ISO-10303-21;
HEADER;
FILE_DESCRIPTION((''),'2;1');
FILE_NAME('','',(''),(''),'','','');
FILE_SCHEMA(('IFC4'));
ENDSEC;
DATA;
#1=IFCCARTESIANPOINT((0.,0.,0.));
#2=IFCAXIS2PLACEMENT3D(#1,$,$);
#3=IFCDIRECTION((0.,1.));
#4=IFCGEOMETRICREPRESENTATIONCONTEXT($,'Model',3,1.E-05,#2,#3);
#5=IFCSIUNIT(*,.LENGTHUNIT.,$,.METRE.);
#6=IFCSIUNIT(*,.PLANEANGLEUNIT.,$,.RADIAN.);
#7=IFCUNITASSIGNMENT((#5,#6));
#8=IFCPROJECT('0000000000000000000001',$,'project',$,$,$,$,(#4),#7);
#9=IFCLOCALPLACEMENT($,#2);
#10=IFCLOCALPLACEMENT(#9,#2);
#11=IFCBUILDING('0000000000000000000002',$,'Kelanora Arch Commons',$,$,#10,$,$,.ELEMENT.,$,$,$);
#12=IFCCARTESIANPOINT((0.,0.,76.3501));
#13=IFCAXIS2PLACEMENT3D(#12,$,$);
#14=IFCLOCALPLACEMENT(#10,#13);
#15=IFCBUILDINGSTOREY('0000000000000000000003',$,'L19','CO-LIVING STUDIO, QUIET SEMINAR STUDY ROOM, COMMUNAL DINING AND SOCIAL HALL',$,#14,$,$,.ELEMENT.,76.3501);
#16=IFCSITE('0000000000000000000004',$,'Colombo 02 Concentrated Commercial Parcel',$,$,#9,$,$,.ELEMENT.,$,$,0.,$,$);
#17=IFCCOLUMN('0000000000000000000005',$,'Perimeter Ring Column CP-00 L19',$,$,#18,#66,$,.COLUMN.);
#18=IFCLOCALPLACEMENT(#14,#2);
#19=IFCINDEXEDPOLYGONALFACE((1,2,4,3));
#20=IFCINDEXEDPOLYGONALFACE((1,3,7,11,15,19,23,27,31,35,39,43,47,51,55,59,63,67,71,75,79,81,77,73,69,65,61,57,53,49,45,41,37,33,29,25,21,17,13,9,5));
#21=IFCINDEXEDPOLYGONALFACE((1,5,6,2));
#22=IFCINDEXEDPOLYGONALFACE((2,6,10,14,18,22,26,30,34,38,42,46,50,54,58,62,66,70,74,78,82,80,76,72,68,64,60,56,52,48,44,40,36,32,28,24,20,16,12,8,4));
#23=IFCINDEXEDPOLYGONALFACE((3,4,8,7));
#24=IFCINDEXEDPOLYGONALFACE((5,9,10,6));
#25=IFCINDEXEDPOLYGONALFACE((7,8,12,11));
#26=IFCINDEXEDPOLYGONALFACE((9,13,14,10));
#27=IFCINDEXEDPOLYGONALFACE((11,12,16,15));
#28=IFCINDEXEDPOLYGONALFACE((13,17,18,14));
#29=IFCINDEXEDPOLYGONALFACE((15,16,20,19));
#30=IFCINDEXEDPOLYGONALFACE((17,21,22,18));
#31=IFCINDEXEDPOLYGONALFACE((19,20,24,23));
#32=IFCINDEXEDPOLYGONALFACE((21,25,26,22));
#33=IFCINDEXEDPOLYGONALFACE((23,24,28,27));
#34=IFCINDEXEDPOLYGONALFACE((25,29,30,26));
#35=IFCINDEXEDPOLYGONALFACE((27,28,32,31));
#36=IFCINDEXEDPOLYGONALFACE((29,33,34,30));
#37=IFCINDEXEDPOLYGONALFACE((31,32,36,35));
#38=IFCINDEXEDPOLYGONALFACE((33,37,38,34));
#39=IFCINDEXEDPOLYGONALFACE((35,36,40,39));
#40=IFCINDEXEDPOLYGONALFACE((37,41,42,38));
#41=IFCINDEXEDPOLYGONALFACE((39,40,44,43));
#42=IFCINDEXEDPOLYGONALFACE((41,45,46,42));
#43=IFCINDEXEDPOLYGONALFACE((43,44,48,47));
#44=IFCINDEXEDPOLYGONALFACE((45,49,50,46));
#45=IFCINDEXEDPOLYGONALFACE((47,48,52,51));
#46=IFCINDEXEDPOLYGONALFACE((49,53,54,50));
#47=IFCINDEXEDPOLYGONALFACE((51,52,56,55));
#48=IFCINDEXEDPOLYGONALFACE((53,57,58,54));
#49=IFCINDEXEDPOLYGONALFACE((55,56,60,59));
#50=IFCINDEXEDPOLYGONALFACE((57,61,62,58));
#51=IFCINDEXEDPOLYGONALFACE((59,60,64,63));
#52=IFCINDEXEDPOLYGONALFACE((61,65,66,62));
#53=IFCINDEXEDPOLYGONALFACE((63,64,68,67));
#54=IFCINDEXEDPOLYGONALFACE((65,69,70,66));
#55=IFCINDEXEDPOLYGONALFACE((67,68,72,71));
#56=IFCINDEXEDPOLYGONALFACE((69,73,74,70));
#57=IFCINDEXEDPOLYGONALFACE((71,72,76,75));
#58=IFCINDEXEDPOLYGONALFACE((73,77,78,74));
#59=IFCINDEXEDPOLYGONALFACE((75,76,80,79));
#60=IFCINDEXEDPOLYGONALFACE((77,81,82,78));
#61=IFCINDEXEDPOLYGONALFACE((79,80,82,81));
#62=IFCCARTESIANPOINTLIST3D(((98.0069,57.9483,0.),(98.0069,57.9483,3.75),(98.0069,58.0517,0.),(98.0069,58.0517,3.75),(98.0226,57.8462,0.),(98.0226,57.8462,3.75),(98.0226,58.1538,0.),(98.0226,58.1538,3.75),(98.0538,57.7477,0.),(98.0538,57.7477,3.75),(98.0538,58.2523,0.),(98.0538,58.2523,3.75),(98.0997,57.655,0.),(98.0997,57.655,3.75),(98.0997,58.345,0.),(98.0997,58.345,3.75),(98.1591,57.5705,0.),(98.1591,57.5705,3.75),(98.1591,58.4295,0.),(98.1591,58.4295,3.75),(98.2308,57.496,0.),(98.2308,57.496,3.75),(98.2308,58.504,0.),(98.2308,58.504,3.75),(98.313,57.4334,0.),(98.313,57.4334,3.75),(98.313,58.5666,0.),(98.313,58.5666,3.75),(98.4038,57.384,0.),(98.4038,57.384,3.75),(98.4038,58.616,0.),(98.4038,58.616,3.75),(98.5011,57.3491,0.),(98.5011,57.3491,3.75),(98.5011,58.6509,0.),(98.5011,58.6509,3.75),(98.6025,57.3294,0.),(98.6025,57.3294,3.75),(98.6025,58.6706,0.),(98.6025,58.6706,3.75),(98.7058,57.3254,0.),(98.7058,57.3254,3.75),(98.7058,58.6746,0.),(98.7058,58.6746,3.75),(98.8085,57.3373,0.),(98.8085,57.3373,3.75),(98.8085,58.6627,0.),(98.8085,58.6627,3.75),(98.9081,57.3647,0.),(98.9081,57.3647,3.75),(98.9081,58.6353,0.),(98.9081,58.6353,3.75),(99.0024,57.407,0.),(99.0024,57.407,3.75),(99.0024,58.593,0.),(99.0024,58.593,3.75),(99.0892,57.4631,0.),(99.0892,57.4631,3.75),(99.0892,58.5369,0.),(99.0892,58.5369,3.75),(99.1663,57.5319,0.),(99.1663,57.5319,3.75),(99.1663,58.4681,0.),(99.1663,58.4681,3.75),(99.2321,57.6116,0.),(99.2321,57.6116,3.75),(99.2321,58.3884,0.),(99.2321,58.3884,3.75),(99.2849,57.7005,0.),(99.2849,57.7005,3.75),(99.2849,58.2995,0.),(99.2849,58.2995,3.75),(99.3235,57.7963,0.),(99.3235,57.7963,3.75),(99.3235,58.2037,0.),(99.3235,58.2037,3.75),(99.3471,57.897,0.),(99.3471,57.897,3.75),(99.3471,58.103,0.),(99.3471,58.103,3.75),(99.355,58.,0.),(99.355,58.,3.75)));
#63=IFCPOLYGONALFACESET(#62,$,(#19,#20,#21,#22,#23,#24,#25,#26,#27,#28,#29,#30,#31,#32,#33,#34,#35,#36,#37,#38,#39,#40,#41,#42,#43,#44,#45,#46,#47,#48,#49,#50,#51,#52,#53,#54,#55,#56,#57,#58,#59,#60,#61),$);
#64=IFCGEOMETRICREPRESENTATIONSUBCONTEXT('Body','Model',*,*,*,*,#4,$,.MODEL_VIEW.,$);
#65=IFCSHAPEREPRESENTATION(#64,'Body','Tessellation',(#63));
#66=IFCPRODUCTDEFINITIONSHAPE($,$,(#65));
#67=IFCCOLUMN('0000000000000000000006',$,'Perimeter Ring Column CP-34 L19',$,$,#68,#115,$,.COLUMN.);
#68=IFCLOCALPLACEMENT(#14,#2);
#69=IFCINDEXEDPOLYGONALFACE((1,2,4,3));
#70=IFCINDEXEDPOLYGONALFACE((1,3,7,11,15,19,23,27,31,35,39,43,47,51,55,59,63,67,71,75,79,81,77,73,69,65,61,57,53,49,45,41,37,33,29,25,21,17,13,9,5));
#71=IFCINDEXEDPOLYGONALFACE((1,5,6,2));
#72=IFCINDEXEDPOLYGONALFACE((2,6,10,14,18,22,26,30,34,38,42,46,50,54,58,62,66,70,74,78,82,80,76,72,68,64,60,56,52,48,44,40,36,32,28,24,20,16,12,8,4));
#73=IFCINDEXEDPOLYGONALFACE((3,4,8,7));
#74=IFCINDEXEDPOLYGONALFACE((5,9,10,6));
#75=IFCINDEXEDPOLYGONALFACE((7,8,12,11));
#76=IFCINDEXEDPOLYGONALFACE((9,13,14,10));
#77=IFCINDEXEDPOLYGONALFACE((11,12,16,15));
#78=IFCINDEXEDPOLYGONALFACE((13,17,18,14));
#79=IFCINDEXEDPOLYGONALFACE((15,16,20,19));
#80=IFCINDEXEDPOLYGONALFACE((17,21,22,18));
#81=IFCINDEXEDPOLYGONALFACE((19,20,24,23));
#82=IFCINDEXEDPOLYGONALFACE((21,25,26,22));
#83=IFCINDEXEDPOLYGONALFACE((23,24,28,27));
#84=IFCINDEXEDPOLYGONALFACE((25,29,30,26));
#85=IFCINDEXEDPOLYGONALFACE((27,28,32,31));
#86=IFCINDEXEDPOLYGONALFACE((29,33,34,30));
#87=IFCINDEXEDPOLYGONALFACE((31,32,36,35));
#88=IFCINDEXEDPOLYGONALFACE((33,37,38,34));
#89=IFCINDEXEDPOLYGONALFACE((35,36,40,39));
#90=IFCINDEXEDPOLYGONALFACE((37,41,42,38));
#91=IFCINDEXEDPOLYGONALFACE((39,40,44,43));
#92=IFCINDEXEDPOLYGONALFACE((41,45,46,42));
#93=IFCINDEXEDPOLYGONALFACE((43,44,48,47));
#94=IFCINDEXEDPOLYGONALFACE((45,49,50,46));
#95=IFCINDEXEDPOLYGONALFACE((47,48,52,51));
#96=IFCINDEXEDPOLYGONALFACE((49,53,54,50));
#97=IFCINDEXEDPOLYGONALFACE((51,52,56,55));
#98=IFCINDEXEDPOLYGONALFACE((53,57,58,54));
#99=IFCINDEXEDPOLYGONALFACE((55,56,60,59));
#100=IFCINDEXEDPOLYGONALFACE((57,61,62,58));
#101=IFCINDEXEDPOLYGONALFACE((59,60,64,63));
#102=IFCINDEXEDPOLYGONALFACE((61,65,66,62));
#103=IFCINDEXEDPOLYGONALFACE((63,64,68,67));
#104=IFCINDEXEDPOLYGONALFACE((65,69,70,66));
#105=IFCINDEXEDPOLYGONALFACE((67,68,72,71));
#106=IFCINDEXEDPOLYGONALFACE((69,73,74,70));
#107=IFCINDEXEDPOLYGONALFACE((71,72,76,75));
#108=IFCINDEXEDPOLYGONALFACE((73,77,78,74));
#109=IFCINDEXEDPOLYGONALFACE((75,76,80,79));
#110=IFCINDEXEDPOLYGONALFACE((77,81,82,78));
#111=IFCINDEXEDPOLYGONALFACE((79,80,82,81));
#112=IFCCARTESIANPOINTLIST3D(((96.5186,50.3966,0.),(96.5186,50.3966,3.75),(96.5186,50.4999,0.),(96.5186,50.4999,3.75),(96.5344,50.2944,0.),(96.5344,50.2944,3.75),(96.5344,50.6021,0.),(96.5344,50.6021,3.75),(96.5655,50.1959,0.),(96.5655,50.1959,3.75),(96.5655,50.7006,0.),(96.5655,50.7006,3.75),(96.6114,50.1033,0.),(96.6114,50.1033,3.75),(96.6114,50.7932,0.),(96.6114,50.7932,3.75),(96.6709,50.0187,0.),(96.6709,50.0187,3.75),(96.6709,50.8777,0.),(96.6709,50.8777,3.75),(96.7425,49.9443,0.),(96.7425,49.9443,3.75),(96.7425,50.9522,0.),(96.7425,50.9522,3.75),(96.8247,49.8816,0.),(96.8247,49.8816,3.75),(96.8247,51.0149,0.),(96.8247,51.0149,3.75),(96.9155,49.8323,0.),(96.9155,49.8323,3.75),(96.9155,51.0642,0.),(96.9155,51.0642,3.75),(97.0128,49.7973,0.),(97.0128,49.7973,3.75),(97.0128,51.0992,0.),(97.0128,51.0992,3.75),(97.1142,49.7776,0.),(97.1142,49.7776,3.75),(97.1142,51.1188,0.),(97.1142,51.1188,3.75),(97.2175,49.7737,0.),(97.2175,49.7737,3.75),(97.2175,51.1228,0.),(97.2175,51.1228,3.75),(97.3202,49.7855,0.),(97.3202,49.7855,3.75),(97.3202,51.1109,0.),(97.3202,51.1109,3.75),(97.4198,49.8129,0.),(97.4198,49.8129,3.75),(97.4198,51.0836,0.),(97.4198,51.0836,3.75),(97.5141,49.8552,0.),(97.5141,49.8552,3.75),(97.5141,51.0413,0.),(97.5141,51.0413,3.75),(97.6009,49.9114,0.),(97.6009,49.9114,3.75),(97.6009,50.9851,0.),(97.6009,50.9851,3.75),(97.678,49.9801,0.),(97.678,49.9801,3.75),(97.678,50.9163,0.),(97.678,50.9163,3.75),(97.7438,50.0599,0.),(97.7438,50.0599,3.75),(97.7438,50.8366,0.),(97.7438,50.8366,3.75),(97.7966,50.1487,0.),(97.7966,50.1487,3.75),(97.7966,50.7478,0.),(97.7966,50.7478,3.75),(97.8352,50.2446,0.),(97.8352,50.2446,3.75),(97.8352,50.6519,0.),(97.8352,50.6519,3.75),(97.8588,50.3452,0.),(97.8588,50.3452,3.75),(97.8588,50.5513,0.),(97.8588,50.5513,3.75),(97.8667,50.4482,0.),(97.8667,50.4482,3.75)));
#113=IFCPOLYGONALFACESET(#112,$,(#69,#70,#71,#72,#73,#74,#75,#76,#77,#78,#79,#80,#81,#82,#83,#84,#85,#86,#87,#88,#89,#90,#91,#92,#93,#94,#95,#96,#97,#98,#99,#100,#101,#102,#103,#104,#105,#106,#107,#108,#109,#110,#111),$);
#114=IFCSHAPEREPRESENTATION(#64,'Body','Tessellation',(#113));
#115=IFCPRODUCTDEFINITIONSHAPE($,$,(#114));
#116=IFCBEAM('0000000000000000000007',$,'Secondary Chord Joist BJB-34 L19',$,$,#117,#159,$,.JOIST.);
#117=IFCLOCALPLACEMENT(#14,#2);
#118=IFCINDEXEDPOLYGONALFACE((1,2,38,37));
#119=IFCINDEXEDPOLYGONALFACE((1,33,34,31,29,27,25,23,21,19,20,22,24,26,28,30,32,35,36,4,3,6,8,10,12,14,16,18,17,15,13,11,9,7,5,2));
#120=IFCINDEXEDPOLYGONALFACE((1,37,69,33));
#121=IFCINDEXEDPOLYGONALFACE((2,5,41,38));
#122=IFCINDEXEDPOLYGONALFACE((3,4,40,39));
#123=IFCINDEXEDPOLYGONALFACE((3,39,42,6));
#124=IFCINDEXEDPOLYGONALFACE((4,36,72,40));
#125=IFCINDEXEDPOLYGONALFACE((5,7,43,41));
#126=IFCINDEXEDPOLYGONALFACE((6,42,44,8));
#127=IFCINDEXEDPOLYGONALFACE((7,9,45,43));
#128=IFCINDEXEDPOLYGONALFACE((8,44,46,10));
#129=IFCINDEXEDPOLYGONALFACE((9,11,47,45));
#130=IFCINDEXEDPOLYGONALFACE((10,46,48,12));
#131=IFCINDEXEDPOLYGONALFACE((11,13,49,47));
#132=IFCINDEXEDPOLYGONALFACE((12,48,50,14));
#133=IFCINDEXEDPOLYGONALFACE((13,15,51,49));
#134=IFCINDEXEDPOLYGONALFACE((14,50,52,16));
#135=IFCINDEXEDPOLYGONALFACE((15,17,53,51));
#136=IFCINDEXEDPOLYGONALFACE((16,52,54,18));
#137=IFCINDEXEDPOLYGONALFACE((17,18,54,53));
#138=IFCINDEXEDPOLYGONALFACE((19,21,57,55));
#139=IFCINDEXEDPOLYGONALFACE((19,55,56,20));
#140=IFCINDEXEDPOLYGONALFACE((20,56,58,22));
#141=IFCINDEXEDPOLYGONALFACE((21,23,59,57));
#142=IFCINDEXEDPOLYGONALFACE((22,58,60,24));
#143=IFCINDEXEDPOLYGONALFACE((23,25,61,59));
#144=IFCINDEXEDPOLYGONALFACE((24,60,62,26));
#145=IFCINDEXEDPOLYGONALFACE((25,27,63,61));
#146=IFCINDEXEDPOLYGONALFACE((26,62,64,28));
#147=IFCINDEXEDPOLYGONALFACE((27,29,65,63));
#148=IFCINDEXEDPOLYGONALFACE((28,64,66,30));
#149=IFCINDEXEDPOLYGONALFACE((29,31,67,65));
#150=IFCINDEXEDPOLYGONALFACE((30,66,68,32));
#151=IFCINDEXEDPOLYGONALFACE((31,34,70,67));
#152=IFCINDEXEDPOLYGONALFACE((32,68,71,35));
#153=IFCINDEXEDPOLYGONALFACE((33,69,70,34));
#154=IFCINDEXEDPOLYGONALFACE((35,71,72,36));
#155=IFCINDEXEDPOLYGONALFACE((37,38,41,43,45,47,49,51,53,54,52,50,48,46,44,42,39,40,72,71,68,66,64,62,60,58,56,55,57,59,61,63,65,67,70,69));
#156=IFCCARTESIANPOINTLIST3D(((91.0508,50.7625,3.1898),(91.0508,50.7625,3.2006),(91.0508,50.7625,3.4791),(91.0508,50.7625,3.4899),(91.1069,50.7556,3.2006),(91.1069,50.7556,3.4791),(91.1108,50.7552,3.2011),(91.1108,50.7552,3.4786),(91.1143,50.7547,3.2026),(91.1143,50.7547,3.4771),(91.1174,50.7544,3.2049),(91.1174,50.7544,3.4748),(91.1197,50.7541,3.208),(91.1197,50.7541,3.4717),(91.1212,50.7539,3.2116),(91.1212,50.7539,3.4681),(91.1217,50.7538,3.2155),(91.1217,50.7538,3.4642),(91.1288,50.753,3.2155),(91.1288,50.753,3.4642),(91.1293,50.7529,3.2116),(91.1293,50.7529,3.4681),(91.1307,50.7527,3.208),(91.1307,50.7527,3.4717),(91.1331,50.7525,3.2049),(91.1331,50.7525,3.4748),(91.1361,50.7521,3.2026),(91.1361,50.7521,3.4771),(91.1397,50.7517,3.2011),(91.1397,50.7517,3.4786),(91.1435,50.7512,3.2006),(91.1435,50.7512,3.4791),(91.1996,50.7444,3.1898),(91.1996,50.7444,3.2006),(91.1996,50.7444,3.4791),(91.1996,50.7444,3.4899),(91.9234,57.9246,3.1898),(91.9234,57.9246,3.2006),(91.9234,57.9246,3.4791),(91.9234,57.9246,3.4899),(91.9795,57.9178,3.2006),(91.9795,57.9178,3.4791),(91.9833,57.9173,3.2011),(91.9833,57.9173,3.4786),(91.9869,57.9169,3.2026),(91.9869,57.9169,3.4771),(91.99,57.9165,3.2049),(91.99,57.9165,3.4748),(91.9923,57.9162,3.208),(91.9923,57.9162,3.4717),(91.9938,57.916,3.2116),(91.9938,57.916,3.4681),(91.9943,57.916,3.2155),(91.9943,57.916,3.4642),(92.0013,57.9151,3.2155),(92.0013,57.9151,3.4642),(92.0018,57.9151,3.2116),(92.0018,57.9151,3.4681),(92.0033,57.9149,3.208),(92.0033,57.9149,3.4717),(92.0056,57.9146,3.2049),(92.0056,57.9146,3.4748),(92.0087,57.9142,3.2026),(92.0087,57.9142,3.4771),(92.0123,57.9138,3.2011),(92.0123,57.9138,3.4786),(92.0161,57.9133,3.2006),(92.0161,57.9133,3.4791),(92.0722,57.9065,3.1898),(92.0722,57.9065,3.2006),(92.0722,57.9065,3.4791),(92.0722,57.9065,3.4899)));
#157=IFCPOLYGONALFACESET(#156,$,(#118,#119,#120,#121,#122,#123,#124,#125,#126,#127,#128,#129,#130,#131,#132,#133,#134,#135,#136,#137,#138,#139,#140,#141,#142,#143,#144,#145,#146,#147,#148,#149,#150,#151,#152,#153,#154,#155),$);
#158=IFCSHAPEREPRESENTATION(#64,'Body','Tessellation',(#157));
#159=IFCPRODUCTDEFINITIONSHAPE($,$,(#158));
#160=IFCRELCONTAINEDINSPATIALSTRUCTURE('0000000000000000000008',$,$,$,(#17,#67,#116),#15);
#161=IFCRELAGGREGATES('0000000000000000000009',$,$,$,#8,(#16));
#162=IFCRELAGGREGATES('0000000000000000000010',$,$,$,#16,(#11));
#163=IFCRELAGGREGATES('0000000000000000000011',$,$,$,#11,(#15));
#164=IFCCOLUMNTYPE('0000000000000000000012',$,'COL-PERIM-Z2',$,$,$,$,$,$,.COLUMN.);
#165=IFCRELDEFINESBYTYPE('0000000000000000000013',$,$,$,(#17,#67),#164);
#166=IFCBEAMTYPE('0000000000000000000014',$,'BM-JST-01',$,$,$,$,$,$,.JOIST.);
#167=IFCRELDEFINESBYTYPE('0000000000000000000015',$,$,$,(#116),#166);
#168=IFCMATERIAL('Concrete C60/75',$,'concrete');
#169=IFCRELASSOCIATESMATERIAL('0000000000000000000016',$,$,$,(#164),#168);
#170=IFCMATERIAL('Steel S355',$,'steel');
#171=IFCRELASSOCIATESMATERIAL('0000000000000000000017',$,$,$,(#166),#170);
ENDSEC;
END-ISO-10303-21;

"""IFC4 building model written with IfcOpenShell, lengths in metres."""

from ifc_helpers import new_model, si_unit, direction, frame, origin, origin_2d, place, context, subcontext, project, spatial, circle, i_section, extrude, material, material_profile, profile_set, type_object, element, save


model = new_model("IFC4")

# Units and contexts
model_context = context("Model", 3, precision=1e-05, world=origin(), true_north=direction((0.0, 1.0)))
body_context = subcontext(model_context, "Body", "Model", "MODEL_VIEW")
ifc_project = project(units=[si_unit("LENGTHUNIT", "METRE"), si_unit("PLANEANGLEUNIT", "RADIAN")], contexts=[model_context])

# Site, building, storey
site_placement = place(None, origin())
site = spatial("IfcSite", under=ifc_project, at=site_placement, Name="Colombo 02 Concentrated Commercial Parcel", CompositionType="ELEMENT", RefElevation=0.0)
building_placement = place(site_placement, origin())
building = spatial("IfcBuilding", under=site, at=building_placement, Name="Kelanora Arch Commons", CompositionType="ELEMENT")
storey_placement = place(building_placement, frame((0.0, 0.0, 76.3501)))
storey = spatial("IfcBuildingStorey", under=building, at=storey_placement, Name="L19", Description="CO-LIVING STUDIO, QUIET SEMINAR STUDY ROOM, COMMUNAL DINING AND SOCIAL HALL", CompositionType="ELEMENT", Elevation=76.3501)

# Columns
ifc_material_1 = material(Name="Concrete C60/75", Category="concrete")
ifc_material_profile_1 = material_profile(ifc_material_1, circle(Radius=0.675, at=origin_2d()), Name="RCC1350")
ifc_profile_set_1 = profile_set([ifc_material_profile_1], Name="Concrete C60/75")
column_type = type_object("IfcColumnType", Name="COL-PERIM-Z2", PredefinedType="COLUMN", material=ifc_profile_set_1)
for number, where, z_axis, x_axis, name in (
    (1, (98.6799, 58.0, 0.0), (0.0, 0.0, 1.0), (1.0, 0.0, 0.0), "Perimeter Ring Column CP-00 L19"),
    (2, (97.1917, 50.4482, 0.0), (0.0, 0.0, 1.0), (1.0, 0.0, 0.0), "Perimeter Ring Column CP-34 L19"),
):
    element("IfcColumn", number, at=place(storey_placement, frame(where, z_axis=z_axis, x_axis=x_axis)), inside=storey, type_object=column_type, Name=name, PredefinedType="COLUMN", context=body_context, shape_type="SweptSolid", body=[
        extrude(circle(Radius=0.675, at=origin_2d()), origin(), (0.0, 0.0, 1.0), 3.75),
    ])

# Beam
ifc_material_2 = material(Name="Steel S355", Category="steel")
ifc_material_profile_2 = material_profile(ifc_material_2, i_section(OverallWidth=0.1499, OverallDepth=0.3, WebThickness=0.0071, FlangeThickness=0.0107, FilletRadius=0.0149, at=origin_2d()), Name="IPE300")
ifc_profile_set_2 = profile_set([ifc_material_profile_2], Name="Steel S355")
beam_type_1 = type_object("IfcBeamType", Name="BM-JST-01", PredefinedType="JOIST", material=ifc_profile_set_2)
beam_1_placement = place(storey_placement, frame((91.1252, 50.7534, 3.3398), z_axis=(0.120936, 0.99266, 0.0), x_axis=(-0.99266, 0.120936, 0.0)))
element("IfcBeam", 3, at=beam_1_placement, inside=storey, type_object=beam_type_1, Name="Secondary Chord Joist BJB-34 L19", PredefinedType="JOIST", context=body_context, shape_type="SweptSolid", body=[
    extrude(i_section(OverallWidth=0.1499, OverallDepth=0.3, WebThickness=0.0071, FlangeThickness=0.0107, FilletRadius=0.0149, at=origin_2d()), origin(), (0.0, 0.0, 1.0), 7.2151),
])

save(model, "model.ifc")
